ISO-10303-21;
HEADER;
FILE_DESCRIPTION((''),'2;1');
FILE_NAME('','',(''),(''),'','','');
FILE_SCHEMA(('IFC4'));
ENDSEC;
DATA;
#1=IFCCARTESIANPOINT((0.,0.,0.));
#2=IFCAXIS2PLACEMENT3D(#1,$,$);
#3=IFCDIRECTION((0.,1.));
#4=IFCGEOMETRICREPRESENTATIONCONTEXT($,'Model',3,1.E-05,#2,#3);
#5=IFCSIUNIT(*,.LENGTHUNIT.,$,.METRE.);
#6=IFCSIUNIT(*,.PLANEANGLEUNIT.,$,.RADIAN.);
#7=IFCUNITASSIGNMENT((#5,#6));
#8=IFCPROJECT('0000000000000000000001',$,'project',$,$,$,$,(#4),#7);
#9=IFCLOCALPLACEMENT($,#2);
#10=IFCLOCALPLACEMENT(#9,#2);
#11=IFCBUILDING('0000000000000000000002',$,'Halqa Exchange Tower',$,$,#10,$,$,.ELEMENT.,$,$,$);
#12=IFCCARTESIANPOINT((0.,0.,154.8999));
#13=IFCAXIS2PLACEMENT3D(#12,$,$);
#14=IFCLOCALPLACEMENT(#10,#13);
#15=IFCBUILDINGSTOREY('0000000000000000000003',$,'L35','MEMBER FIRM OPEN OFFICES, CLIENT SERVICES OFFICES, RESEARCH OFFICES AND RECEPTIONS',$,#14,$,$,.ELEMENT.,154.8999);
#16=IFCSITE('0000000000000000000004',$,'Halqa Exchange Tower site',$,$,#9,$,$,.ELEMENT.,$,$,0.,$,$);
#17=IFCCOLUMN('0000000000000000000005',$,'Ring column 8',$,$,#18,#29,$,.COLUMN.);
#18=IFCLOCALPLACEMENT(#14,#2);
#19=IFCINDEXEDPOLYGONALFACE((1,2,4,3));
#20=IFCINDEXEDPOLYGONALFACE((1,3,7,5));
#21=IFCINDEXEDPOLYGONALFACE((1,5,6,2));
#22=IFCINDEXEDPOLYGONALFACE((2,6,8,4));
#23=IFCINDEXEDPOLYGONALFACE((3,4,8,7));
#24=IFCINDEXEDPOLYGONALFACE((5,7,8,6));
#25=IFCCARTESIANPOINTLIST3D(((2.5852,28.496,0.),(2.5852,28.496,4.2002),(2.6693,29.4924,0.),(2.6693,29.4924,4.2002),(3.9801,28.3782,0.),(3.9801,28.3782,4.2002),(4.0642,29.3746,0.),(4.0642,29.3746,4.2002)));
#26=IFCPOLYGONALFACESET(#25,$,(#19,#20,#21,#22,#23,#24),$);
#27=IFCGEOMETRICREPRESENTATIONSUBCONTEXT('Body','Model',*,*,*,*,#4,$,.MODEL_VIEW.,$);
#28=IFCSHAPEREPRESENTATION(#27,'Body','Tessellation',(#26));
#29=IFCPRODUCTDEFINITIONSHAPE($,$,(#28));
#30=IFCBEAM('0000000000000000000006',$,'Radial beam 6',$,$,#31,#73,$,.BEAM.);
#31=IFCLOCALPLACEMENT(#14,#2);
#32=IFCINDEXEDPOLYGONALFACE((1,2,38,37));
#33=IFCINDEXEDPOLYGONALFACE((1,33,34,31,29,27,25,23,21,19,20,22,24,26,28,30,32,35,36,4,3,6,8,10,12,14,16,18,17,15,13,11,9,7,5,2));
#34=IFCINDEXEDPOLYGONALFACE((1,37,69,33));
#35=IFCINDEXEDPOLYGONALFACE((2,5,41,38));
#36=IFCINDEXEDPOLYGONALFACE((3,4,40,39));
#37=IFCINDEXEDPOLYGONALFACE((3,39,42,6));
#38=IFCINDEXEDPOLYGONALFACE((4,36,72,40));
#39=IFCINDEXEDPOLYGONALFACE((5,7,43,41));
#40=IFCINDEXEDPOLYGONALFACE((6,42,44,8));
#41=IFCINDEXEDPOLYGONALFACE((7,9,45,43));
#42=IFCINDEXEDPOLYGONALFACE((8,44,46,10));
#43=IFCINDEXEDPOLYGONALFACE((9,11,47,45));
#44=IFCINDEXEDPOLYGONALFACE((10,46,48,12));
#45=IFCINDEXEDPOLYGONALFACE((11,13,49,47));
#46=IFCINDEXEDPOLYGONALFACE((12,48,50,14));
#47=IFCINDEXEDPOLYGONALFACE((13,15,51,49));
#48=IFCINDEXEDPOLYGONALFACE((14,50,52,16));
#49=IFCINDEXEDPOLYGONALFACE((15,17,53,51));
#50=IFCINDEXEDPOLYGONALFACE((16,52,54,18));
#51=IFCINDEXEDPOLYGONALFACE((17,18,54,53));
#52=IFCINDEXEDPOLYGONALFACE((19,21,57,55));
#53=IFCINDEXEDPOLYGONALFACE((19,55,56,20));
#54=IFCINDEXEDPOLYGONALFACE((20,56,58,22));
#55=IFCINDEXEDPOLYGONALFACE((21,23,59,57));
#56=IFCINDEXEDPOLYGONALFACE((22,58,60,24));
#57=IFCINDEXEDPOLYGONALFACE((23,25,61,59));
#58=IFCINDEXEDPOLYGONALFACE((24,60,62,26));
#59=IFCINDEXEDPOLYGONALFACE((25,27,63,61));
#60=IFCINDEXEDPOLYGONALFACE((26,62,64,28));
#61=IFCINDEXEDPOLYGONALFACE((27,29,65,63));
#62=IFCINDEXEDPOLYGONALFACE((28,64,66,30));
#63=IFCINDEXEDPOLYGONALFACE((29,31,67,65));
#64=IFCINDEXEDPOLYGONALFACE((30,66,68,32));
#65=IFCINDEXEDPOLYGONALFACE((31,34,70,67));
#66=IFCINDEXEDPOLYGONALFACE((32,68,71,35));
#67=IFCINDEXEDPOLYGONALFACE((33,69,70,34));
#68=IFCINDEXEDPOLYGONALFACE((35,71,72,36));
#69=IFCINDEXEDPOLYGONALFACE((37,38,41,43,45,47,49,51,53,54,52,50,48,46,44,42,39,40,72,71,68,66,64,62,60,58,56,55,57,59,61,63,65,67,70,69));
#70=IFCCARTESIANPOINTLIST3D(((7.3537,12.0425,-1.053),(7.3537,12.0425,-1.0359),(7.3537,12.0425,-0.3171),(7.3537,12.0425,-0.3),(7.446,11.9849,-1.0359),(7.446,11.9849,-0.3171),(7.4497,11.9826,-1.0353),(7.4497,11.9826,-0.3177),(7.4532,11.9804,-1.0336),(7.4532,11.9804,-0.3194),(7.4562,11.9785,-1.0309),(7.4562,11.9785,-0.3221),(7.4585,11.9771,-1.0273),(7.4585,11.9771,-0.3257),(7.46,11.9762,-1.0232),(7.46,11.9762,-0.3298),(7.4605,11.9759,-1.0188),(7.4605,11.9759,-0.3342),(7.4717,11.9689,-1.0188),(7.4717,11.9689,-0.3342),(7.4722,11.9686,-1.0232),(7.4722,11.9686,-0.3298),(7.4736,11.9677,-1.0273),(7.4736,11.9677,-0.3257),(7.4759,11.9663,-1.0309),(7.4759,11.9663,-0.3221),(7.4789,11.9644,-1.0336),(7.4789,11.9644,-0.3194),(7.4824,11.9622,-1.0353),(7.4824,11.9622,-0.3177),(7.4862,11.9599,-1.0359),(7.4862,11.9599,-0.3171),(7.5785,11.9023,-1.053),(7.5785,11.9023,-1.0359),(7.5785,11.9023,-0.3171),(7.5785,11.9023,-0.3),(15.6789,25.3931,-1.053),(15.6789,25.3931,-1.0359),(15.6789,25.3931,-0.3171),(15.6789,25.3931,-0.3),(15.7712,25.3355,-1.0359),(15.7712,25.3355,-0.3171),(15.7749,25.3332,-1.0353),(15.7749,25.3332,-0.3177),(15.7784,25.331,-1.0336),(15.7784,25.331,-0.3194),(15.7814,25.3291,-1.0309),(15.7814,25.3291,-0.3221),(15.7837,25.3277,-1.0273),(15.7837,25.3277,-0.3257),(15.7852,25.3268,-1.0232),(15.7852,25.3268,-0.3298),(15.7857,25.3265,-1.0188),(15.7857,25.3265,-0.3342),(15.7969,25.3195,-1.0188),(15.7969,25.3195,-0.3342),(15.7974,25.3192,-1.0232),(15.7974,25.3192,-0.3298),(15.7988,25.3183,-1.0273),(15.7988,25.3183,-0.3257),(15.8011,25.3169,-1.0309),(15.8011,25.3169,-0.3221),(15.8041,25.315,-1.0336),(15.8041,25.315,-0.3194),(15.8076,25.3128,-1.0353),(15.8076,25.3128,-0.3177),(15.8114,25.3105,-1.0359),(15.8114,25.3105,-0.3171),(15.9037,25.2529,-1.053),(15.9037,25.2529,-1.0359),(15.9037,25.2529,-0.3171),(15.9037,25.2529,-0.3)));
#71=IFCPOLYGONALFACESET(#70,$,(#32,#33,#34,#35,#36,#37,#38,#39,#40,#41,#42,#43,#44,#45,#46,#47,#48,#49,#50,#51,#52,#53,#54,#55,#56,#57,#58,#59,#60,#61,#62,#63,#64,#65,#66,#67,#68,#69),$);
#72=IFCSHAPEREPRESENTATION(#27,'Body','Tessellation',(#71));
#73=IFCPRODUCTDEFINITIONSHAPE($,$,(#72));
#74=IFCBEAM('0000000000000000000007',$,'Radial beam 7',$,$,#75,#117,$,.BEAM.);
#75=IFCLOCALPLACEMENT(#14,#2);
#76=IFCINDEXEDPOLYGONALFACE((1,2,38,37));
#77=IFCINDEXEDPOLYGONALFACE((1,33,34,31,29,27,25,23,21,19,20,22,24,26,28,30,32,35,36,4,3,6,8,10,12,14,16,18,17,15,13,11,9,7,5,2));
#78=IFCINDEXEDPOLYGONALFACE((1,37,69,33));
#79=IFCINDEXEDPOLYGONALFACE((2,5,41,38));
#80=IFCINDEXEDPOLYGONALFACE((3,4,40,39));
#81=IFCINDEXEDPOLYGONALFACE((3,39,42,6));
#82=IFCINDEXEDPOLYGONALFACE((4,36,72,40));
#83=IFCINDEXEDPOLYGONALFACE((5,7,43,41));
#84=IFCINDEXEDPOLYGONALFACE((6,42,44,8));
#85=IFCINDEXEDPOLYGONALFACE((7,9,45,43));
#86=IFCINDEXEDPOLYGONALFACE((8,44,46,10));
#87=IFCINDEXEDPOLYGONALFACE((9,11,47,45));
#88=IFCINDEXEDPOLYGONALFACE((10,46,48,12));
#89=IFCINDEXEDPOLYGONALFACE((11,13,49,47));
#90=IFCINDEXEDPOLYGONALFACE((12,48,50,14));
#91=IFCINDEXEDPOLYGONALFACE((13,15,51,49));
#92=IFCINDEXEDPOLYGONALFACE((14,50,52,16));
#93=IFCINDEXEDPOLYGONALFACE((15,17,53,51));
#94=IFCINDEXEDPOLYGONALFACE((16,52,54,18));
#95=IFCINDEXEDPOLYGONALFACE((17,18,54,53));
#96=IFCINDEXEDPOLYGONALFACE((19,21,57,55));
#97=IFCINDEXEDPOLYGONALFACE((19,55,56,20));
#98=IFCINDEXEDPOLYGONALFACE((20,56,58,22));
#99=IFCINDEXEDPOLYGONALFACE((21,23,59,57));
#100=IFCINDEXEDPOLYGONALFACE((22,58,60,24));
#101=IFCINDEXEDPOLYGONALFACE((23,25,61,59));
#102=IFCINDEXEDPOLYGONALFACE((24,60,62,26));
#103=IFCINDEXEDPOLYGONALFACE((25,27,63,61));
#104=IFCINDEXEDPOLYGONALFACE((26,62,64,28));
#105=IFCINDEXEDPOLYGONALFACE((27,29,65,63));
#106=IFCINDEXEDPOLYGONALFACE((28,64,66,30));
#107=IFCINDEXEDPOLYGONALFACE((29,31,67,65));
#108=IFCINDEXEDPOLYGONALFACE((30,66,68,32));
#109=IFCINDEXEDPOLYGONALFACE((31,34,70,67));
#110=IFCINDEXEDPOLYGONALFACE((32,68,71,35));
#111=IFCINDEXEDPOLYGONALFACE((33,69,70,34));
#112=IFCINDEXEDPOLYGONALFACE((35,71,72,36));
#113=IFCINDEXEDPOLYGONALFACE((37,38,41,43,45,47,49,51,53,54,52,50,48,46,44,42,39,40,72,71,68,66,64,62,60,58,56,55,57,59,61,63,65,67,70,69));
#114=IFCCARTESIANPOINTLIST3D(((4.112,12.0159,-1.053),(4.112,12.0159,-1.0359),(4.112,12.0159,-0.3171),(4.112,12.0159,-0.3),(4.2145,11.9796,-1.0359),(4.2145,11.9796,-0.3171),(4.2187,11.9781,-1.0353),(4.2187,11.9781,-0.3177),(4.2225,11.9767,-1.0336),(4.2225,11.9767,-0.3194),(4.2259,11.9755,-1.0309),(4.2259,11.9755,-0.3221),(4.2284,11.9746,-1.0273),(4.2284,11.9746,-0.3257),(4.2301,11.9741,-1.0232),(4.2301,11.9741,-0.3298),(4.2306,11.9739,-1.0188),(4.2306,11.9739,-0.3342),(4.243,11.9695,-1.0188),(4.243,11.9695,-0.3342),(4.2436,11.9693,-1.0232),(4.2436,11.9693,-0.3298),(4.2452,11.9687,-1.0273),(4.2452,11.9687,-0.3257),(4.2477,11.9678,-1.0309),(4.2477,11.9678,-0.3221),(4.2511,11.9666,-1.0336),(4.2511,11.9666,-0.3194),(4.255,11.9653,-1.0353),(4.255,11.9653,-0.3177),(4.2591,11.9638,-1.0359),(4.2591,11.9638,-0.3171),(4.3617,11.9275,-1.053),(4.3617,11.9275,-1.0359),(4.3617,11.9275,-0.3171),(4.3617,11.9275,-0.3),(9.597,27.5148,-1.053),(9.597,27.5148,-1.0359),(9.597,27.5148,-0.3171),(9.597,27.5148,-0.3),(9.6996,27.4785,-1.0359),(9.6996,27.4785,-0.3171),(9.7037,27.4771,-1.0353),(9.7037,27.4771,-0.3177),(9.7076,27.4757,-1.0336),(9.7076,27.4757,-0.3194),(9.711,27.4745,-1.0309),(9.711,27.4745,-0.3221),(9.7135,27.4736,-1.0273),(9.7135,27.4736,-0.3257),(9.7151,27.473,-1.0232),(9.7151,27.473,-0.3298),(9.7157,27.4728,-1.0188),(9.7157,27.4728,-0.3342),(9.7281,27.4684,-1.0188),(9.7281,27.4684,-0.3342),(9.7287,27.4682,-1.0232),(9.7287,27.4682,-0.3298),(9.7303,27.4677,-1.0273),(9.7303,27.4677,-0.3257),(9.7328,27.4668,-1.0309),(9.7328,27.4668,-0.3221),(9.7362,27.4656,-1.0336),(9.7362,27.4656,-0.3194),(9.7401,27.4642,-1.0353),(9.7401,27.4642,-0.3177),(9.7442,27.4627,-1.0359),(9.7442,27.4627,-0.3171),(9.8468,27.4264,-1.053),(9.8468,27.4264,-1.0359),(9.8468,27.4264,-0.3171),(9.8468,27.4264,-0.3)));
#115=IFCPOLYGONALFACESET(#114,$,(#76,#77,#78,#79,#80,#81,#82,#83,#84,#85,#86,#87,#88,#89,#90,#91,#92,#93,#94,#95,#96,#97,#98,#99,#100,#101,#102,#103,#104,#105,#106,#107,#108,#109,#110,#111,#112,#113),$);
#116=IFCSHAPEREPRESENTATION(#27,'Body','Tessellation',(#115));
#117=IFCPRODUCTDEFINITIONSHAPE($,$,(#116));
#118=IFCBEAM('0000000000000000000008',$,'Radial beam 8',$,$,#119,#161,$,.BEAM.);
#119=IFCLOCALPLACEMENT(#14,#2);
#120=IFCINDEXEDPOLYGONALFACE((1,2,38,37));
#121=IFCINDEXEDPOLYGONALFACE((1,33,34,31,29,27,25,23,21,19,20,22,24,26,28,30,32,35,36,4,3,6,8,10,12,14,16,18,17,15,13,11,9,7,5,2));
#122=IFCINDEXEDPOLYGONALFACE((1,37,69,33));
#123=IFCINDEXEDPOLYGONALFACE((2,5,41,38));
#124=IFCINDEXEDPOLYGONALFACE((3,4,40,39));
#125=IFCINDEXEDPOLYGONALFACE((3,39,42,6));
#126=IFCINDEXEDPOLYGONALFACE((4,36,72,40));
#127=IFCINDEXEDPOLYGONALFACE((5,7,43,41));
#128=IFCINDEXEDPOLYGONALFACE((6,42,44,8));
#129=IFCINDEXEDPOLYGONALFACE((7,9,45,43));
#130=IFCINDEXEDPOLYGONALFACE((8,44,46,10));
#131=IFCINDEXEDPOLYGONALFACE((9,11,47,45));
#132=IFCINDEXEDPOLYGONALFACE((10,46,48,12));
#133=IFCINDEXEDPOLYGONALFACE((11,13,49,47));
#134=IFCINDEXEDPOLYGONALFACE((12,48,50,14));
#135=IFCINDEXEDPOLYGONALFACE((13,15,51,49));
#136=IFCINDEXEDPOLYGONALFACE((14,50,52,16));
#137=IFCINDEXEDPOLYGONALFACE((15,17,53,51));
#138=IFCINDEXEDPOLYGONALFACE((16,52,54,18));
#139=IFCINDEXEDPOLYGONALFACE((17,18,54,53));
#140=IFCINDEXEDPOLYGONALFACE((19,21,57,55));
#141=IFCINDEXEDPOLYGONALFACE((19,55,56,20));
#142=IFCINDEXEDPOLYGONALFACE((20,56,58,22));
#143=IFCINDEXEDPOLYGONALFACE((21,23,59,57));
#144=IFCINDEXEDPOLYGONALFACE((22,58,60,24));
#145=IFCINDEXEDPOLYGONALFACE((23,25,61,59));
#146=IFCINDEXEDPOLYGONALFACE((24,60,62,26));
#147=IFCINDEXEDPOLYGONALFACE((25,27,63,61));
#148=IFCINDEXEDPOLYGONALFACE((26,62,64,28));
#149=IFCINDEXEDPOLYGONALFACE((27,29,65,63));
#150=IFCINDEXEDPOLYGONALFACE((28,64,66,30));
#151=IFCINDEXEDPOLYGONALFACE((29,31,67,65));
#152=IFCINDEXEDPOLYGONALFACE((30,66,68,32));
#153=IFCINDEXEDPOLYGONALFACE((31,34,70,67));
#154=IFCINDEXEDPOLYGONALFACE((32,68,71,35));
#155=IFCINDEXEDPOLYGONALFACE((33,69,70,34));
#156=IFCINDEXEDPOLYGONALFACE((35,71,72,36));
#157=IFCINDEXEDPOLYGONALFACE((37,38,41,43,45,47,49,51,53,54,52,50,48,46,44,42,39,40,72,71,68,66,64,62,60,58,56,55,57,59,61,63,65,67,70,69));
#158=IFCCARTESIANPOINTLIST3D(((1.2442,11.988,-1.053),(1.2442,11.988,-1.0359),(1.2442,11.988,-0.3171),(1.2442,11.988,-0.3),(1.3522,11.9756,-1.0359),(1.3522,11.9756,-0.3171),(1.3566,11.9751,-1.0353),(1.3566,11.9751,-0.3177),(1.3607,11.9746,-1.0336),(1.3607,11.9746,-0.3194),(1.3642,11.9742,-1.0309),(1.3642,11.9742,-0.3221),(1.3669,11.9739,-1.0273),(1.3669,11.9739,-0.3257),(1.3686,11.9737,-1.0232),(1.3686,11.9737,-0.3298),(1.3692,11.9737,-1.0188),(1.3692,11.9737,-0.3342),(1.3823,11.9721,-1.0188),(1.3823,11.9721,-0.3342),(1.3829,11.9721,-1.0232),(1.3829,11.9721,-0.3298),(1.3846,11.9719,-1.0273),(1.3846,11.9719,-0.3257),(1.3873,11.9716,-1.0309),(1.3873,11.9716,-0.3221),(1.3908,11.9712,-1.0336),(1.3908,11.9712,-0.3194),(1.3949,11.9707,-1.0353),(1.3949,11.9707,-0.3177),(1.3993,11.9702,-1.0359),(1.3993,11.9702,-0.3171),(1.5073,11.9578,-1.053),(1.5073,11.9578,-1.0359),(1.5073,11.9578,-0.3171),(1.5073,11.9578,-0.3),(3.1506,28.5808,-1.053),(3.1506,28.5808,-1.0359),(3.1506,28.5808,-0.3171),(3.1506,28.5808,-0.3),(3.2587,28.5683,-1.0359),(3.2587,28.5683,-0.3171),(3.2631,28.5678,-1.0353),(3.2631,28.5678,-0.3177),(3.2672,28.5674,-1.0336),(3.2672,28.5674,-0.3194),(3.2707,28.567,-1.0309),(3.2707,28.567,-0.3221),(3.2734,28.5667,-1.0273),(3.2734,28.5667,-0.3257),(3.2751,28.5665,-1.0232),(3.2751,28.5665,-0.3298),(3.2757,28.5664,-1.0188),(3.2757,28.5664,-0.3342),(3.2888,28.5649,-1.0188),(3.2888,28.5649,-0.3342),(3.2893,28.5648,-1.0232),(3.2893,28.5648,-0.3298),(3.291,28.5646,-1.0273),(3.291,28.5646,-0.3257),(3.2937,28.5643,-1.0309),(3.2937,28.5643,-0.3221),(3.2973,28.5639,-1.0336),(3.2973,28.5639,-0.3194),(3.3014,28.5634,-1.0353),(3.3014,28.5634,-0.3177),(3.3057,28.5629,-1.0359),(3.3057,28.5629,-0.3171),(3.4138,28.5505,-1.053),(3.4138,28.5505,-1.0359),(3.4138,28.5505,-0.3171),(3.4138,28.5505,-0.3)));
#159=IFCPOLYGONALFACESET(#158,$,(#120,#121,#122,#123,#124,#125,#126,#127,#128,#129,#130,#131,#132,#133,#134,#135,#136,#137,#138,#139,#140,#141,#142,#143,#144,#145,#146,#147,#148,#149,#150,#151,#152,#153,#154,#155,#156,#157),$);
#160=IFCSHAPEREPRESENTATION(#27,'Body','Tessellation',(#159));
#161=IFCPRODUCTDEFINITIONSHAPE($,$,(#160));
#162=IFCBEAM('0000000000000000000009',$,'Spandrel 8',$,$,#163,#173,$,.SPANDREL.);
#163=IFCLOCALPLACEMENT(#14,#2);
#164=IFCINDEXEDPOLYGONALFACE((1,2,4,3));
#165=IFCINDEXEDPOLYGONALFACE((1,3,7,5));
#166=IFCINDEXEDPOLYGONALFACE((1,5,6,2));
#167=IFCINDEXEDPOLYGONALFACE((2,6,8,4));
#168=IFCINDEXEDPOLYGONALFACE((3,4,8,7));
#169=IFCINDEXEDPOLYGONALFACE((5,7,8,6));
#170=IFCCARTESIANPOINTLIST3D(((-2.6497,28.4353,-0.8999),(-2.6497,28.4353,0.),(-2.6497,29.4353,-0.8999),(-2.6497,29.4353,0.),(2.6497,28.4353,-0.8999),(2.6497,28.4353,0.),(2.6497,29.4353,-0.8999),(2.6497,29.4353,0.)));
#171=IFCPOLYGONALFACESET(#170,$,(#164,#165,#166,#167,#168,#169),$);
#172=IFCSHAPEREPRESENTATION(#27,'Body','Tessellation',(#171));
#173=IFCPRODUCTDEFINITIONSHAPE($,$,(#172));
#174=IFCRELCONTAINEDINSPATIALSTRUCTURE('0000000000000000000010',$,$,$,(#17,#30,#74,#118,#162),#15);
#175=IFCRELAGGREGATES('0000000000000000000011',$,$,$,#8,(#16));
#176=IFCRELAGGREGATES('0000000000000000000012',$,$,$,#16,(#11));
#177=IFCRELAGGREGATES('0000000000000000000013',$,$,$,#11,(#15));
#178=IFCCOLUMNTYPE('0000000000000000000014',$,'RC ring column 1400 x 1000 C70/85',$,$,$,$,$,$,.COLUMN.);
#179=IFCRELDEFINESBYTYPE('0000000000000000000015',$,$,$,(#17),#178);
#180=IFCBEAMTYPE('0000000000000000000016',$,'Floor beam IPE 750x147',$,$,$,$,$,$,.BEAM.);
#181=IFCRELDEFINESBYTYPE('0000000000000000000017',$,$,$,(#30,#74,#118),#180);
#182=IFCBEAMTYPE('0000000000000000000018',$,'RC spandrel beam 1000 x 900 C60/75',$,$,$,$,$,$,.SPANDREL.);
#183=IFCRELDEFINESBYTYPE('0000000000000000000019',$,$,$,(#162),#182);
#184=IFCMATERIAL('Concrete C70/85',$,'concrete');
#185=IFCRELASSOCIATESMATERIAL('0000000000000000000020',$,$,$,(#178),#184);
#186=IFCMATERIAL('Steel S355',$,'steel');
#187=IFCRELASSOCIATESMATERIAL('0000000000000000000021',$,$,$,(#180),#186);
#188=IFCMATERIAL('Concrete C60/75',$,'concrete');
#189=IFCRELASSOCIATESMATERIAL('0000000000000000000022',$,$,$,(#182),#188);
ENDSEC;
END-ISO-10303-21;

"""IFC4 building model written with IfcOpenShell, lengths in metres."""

from ifc_helpers import new_model, si_unit, direction, frame, origin, origin_2d, place, context, subcontext, project, spatial, rectangle, i_section, extrude, material, material_profile, profile_set, type_object, element, save


model = new_model("IFC4")

# Units and contexts
model_context = context("Model", 3, precision=1e-05, world=origin(), true_north=direction((0.0, 1.0)))
body_context = subcontext(model_context, "Body", "Model", "MODEL_VIEW")
ifc_project = project(units=[si_unit("LENGTHUNIT", "METRE"), si_unit("PLANEANGLEUNIT", "RADIAN")], contexts=[model_context])

# Site, building, storey
site_placement = place(None, origin())
site = spatial("IfcSite", under=ifc_project, at=site_placement, Name="Halqa Exchange Tower site", CompositionType="ELEMENT", RefElevation=0.0)
building_placement = place(site_placement, origin())
building = spatial("IfcBuilding", under=site, at=building_placement, Name="Halqa Exchange Tower", CompositionType="ELEMENT")
storey_placement = place(building_placement, frame((0.0, 0.0, 154.8999)))
storey = spatial("IfcBuildingStorey", under=building, at=storey_placement, Name="L35", Description="MEMBER FIRM OPEN OFFICES, CLIENT SERVICES OFFICES, RESEARCH OFFICES AND RECEPTIONS", CompositionType="ELEMENT", Elevation=154.8999)

# Column
ifc_material_1 = material(Name="Concrete C70/85", Category="concrete")
ifc_material_profile_1 = material_profile(ifc_material_1, rectangle(XDim=1.3999, YDim=1.0, at=origin_2d()), Name="1400 x 1000")
ifc_profile_set_1 = profile_set([ifc_material_profile_1], Name="Concrete C70/85")
column_type = type_object("IfcColumnType", Name="RC ring column 1400 x 1000 C70/85", PredefinedType="COLUMN", material=ifc_profile_set_1)
column_placement = place(storey_placement, frame((3.3247, 28.9353, 0.0), z_axis=(0.0, 0.0, 1.0), x_axis=(-0.996455, 0.084125, 0.0)))
element("IfcColumn", 1, at=column_placement, inside=storey, type_object=column_type, Name="Ring column 8", PredefinedType="COLUMN", context=body_context, shape_type="SweptSolid", body=[
    extrude(rectangle(XDim=1.3999, YDim=1.0, at=origin_2d()), origin(), (0.0, 0.0, 1.0), 4.2002),
])

# Beams
ifc_material_2 = material(Name="Steel S355", Category="steel")
ifc_material_profile_2 = material_profile(ifc_material_2, i_section(OverallWidth=0.2649, OverallDepth=0.7529, WebThickness=0.0132, FlangeThickness=0.0171, FilletRadius=0.0171, at=origin_2d()), Name="IPE 750x147")
ifc_profile_set_2 = profile_set([ifc_material_profile_2], Name="Steel S355")
beam_type_1 = type_object("IfcBeamType", Name="Floor beam IPE 750x147", PredefinedType="BEAM", material=ifc_profile_set_2)
beam_1_placement = place(storey_placement, frame((7.4661, 11.9724, -0.6765), z_axis=(0.529134, 0.848538, 0.0), x_axis=(-0.848538, 0.529134, 0.0)))
element("IfcBeam", 2, at=beam_1_placement, inside=storey, type_object=beam_type_1, Name="Radial beam 6", PredefinedType="BEAM", context=body_context, shape_type="SweptSolid", body=[
    extrude(i_section(OverallWidth=0.2649, OverallDepth=0.7529, WebThickness=0.0132, FlangeThickness=0.0171, FilletRadius=0.0171, at=origin_2d()), origin(), (0.0, 0.0, 1.0), 15.7336),
])
beam_2_placement = place(storey_placement, frame((4.2368, 11.9717, -0.6765), z_axis=(0.333624, 0.942706, 0.0), x_axis=(-0.942706, 0.333624, 0.0)))
element("IfcBeam", 3, at=beam_2_placement, inside=storey, type_object=beam_type_1, Name="Radial beam 7", PredefinedType="BEAM", context=body_context, shape_type="SweptSolid", body=[
    extrude(i_section(OverallWidth=0.2649, OverallDepth=0.7529, WebThickness=0.0132, FlangeThickness=0.0171, FilletRadius=0.0171, at=origin_2d()), origin(), (0.0, 0.0, 1.0), 16.4409),
])
beam_3_placement = place(storey_placement, frame((1.3757, 11.9729, -0.6765), z_axis=(0.114148, 0.993464, 0.0), x_axis=(-0.993464, 0.114148, 0.0)))
element("IfcBeam", 4, at=beam_3_placement, inside=storey, type_object=beam_type_1, Name="Radial beam 8", PredefinedType="BEAM", context=body_context, shape_type="SweptSolid", body=[
    extrude(i_section(OverallWidth=0.2649, OverallDepth=0.7529, WebThickness=0.0132, FlangeThickness=0.0171, FilletRadius=0.0171, at=origin_2d()), origin(), (0.0, 0.0, 1.0), 16.7019),
])
ifc_material_3 = material(Name="Concrete C60/75", Category="concrete")
ifc_material_profile_3 = material_profile(ifc_material_3, rectangle(XDim=1.0, YDim=0.8999, at=origin_2d()), Name="1000 x 900")
ifc_profile_set_3 = profile_set([ifc_material_profile_3], Name="Concrete C60/75")
beam_type_2 = type_object("IfcBeamType", Name="RC spandrel beam 1000 x 900 C60/75", PredefinedType="SPANDREL", material=ifc_profile_set_3)
beam_4_placement = place(storey_placement, frame((2.6497, 28.9353, -0.45), z_axis=(-1.0, 0.0, 0.0), x_axis=(0.0, -1.0, 0.0)))
element("IfcBeam", 5, at=beam_4_placement, inside=storey, type_object=beam_type_2, Name="Spandrel 8", PredefinedType="SPANDREL", context=body_context, shape_type="SweptSolid", body=[
    extrude(rectangle(XDim=1.0, YDim=0.8999, at=origin_2d()), origin(), (0.0, 0.0, 1.0), 5.2993),
])

save(model, "model.ifc")
